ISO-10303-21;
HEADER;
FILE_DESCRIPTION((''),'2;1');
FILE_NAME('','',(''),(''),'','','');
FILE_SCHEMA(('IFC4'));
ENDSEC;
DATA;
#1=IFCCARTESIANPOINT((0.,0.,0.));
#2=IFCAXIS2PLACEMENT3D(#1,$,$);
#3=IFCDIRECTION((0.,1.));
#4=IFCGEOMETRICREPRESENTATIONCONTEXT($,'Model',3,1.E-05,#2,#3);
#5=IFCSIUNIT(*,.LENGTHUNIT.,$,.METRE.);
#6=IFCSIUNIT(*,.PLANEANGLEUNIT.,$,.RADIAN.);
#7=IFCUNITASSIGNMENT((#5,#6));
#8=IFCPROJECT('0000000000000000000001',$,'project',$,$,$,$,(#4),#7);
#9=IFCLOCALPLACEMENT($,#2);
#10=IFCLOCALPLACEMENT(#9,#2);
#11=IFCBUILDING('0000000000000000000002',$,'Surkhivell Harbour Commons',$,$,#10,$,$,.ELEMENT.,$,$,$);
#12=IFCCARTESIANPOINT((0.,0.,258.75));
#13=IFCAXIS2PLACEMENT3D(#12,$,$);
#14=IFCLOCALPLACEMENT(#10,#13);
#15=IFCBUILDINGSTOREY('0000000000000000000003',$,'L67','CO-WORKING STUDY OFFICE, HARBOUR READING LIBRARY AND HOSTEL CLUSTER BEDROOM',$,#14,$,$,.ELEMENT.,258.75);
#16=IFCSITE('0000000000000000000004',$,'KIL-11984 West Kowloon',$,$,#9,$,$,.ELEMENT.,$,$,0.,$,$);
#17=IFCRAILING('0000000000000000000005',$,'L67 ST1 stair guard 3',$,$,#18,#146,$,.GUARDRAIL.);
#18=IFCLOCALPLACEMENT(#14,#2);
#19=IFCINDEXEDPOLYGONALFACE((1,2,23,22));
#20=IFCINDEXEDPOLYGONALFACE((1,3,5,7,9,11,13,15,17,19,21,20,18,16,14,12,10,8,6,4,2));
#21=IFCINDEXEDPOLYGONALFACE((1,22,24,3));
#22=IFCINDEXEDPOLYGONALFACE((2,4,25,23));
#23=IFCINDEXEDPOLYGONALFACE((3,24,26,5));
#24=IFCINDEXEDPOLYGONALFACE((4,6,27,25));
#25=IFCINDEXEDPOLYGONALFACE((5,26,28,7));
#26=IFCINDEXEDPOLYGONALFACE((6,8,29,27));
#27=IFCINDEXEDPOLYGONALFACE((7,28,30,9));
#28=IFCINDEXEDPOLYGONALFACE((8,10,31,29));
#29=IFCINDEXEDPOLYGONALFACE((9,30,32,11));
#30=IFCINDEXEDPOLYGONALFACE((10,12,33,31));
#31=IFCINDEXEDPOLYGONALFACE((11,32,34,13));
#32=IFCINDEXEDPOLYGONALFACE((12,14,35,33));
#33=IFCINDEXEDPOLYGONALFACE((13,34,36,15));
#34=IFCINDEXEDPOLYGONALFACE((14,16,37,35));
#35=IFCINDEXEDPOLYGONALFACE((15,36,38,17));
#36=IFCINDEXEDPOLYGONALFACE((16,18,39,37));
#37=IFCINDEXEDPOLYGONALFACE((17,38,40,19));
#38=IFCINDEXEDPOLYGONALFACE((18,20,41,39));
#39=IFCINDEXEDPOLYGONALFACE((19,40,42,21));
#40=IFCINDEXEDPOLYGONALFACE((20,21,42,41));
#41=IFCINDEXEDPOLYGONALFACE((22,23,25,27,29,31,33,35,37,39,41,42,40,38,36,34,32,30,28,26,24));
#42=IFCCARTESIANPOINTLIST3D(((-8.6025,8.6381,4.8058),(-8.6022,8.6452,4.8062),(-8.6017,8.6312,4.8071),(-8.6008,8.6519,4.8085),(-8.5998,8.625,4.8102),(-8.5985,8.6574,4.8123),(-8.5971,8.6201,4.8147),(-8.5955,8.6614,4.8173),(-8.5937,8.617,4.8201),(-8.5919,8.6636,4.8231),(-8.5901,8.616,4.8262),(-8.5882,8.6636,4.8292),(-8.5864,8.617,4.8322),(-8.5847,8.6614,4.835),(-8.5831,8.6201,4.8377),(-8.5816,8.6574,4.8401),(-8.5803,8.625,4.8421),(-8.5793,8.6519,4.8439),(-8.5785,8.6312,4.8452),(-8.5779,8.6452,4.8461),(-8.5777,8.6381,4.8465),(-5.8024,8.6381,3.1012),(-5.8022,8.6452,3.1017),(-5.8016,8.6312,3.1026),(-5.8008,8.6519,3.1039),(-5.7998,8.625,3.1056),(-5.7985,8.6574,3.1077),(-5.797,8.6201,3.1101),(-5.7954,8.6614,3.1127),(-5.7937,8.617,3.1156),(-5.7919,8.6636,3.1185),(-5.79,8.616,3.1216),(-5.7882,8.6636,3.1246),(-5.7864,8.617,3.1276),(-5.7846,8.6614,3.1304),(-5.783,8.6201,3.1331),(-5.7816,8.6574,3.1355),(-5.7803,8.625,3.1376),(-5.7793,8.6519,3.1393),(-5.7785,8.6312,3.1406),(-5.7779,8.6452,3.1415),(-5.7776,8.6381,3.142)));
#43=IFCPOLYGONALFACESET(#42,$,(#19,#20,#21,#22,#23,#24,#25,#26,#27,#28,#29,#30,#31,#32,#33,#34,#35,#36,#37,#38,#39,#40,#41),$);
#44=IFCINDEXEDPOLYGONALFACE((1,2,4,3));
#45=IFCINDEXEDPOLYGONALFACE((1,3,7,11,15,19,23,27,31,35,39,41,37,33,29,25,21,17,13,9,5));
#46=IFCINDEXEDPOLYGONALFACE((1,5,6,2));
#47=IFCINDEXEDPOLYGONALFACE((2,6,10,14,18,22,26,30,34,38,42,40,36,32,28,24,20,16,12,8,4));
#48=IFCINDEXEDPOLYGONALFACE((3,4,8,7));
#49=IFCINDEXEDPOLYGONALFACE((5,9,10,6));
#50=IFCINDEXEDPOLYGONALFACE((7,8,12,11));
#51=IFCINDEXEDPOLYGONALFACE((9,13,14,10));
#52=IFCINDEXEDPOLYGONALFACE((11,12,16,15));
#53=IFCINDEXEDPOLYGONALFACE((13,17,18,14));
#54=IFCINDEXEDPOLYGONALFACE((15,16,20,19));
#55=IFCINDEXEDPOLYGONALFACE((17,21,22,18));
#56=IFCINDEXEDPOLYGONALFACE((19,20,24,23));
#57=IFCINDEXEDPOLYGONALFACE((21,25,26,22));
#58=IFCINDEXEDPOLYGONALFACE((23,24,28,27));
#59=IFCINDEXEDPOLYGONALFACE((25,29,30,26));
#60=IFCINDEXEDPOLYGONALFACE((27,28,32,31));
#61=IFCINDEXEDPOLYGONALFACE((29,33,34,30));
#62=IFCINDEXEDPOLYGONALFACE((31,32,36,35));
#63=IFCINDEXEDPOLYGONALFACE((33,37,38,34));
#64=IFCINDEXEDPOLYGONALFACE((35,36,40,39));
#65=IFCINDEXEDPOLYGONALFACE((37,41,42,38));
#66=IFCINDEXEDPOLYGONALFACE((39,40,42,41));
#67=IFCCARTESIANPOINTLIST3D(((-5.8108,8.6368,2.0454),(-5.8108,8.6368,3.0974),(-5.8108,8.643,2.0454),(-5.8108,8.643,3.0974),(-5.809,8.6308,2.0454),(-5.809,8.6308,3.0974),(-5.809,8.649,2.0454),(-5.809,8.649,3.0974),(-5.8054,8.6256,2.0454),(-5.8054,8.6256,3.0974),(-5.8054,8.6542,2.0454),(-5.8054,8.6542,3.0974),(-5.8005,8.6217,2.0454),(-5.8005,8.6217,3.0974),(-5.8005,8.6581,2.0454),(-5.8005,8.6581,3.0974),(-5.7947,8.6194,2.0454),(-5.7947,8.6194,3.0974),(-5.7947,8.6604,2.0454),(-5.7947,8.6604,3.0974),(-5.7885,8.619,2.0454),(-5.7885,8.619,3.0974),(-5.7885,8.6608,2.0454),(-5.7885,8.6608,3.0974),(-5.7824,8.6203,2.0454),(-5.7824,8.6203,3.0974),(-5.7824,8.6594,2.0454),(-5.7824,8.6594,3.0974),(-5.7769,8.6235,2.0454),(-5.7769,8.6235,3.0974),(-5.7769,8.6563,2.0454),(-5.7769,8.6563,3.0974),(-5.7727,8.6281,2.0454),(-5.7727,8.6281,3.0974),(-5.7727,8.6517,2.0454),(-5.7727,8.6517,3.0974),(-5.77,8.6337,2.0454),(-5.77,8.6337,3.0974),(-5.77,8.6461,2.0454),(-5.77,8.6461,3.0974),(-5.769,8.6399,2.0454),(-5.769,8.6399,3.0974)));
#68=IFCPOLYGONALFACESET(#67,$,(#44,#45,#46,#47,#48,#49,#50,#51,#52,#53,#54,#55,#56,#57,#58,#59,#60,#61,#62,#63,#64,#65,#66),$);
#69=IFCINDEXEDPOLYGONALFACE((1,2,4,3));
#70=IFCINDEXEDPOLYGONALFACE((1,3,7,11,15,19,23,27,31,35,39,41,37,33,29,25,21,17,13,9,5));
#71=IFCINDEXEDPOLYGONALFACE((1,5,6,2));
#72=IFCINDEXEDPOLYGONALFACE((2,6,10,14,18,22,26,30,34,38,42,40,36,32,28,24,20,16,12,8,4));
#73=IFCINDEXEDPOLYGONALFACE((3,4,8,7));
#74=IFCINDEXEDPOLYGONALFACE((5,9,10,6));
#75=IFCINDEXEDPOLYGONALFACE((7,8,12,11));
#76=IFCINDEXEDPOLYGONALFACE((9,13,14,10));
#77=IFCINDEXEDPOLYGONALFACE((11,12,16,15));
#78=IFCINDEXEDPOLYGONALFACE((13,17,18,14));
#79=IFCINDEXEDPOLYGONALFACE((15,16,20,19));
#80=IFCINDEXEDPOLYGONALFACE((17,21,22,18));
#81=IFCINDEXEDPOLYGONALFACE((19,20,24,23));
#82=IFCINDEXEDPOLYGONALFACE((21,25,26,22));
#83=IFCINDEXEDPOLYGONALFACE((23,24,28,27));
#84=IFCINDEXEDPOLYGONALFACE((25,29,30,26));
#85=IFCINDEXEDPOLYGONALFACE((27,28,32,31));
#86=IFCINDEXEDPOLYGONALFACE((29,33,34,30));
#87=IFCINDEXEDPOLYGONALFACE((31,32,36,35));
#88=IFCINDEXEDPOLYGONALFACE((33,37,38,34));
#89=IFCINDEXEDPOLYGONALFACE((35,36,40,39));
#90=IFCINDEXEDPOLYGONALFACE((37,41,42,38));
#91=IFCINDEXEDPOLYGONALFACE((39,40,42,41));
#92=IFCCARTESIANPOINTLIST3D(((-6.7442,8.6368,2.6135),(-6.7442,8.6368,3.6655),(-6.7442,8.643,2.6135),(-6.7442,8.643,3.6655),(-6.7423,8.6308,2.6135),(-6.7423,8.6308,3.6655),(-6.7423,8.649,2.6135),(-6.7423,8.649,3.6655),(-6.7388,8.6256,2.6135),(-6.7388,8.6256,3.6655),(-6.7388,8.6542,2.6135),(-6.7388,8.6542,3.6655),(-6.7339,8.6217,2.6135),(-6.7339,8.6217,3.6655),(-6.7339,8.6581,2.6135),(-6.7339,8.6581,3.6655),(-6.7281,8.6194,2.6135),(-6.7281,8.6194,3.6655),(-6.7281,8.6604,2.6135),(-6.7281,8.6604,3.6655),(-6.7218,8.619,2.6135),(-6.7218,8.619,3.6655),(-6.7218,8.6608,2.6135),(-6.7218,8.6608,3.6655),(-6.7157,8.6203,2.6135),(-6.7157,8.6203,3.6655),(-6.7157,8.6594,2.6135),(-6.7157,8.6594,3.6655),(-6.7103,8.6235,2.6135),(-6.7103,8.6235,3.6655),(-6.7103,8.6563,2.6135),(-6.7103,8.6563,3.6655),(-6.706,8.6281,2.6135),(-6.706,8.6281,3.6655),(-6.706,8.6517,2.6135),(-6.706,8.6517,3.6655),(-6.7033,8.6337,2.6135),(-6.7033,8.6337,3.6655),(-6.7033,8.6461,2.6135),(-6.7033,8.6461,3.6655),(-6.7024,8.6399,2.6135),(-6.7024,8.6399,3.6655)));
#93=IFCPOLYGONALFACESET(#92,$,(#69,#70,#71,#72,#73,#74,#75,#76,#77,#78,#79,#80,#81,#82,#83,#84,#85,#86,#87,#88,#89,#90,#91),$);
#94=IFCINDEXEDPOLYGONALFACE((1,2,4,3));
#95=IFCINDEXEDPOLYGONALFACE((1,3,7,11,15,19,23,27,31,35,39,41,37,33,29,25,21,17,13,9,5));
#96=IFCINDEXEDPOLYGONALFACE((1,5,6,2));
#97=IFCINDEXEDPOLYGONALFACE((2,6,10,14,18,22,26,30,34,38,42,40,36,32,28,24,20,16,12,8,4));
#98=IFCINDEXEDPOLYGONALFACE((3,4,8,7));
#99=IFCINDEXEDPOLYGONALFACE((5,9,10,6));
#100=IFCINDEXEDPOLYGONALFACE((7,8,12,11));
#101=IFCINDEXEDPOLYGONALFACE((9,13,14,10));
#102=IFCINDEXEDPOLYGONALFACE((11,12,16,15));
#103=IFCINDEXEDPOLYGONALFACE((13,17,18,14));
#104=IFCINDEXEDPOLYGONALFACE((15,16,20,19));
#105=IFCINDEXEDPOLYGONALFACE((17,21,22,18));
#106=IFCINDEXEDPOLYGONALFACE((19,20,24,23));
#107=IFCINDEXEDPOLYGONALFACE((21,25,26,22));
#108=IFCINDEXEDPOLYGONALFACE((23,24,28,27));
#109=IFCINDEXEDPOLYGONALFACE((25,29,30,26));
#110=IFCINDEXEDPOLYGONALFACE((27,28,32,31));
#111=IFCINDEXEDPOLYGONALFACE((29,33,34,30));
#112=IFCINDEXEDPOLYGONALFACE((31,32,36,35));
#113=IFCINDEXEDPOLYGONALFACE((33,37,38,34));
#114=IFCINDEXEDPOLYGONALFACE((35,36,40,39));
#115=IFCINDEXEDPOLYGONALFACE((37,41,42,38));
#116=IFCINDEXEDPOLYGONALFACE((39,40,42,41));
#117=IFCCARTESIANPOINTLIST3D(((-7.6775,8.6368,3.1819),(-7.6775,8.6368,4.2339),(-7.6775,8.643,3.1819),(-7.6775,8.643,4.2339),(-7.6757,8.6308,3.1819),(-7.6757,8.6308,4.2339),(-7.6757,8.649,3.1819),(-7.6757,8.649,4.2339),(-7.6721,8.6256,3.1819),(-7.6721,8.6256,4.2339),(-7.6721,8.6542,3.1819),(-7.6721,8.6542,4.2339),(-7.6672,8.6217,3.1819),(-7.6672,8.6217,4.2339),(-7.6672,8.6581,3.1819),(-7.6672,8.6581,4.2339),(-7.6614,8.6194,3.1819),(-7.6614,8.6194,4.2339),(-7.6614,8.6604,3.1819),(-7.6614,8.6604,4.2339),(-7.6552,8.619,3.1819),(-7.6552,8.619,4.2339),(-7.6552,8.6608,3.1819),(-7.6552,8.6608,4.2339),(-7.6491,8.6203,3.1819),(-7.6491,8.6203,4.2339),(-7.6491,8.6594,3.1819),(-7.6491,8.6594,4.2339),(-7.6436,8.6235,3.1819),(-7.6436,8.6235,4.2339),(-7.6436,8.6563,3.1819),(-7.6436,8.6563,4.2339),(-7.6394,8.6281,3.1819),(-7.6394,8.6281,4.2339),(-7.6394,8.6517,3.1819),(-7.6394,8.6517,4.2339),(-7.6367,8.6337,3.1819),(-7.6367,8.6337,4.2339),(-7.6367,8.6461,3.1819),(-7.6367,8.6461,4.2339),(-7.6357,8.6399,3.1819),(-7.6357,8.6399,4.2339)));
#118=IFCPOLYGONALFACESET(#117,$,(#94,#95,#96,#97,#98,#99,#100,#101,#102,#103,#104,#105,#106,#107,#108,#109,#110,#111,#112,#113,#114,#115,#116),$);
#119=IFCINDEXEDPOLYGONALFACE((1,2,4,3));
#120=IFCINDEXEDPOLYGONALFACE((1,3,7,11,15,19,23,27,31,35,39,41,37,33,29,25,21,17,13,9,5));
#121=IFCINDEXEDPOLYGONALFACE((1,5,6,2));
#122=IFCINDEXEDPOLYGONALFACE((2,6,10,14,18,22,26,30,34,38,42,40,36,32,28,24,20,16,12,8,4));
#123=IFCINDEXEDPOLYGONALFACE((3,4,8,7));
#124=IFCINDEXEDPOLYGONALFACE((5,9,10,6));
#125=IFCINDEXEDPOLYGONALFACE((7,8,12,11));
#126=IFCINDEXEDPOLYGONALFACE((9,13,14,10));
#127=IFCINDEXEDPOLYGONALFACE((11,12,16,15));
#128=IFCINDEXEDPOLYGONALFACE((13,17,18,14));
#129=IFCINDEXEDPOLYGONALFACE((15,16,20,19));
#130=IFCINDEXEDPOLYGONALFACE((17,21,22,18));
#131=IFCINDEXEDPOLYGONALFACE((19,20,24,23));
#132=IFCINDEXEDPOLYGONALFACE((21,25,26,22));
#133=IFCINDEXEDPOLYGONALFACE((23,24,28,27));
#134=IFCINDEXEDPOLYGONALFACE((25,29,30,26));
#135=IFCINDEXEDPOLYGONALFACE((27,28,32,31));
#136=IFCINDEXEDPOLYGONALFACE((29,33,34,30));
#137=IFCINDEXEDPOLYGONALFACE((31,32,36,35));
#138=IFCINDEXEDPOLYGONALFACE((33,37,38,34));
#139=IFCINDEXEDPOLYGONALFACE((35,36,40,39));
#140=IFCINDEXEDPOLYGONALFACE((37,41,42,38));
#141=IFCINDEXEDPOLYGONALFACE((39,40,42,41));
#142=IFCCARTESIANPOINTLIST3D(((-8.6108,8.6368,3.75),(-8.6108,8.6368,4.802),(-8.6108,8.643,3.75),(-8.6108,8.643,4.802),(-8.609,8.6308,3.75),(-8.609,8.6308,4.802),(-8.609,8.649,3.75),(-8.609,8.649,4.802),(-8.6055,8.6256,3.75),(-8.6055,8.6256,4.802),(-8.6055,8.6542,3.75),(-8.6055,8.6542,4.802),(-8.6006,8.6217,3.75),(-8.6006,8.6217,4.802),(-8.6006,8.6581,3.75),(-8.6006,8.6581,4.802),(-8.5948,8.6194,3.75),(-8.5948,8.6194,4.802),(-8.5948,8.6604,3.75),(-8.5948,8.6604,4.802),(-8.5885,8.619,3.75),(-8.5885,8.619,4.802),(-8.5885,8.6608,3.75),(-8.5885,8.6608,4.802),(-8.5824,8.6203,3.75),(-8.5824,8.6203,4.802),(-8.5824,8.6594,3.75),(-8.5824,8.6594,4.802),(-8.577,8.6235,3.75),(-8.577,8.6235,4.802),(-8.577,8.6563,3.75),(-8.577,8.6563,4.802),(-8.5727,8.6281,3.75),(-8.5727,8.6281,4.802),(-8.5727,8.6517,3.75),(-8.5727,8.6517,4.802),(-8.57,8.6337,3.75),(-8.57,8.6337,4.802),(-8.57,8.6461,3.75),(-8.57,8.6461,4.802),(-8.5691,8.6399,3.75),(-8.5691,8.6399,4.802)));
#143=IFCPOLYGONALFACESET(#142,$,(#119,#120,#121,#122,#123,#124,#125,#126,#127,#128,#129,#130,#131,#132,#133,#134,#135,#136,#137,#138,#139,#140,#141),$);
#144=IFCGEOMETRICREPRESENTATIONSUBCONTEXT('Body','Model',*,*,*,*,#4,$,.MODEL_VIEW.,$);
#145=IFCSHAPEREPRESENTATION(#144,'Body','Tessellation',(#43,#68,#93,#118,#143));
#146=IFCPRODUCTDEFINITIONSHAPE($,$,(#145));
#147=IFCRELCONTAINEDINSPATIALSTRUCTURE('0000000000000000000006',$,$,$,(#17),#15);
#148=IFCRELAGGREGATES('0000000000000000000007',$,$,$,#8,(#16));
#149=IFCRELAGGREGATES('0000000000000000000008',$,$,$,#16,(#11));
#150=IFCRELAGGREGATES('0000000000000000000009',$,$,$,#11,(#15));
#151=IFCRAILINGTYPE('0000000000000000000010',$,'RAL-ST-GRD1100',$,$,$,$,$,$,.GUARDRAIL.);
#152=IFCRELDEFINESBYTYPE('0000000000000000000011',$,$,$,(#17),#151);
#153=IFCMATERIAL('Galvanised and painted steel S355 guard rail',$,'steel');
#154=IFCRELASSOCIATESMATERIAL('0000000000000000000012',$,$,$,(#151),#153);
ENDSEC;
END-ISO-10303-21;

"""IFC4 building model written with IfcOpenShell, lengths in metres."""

from ifc_helpers import new_model, si_unit, direction, frame, origin, origin_2d, place, context, subcontext, project, spatial, circle, extrude, material, type_object, element, save


model = new_model("IFC4")

# Units and contexts
model_context = context("Model", 3, precision=1e-05, world=origin(), true_north=direction((0.0, 1.0)))
body_context = subcontext(model_context, "Body", "Model", "MODEL_VIEW")
ifc_project = project(units=[si_unit("LENGTHUNIT", "METRE"), si_unit("PLANEANGLEUNIT", "RADIAN")], contexts=[model_context])

# Site, building, storey
site_placement = place(None, origin())
site = spatial("IfcSite", under=ifc_project, at=site_placement, Name="KIL-11984 West Kowloon", CompositionType="ELEMENT", RefElevation=0.0)
building_placement = place(site_placement, origin())
building = spatial("IfcBuilding", under=site, at=building_placement, Name="Surkhivell Harbour Commons", CompositionType="ELEMENT")
storey_placement = place(building_placement, frame((0.0, 0.0, 258.75)))
storey = spatial("IfcBuildingStorey", under=building, at=storey_placement, Name="L67", Description="CO-WORKING STUDY OFFICE, HARBOUR READING LIBRARY AND HOSTEL CLUSTER BEDROOM", CompositionType="ELEMENT", Elevation=258.75)

# Railing
ifc_material_1 = material(Name="Galvanised and painted steel S355 guard rail", Category="steel")
railing_type_1 = type_object("IfcRailingType", Name="RAL-ST-GRD1100", PredefinedType="GUARDRAIL", material=ifc_material_1)
railing_1_placement = place(storey_placement, frame((-5.79, 8.6399, 2.0454)))
element("IfcRailing", 1, at=railing_1_placement, inside=storey, type_object=railing_type_1, Name="L67 ST1 stair guard 3", PredefinedType="GUARDRAIL", context=body_context, shape_type="SweptSolid", body=[
    extrude(circle(Radius=0.0239, at=origin_2d()), frame((0.0, 0.0, 1.0762), z_axis=(-0.85417, 0.0, 0.519994), x_axis=(0.0, -1.0, 0.0)), (0.0, 0.0, 1.0), 3.2781),
    extrude(circle(Radius=0.021, at=origin_2d()), origin(), (0.0, 0.0, 1.0), 1.052),
    extrude(circle(Radius=0.021, at=origin_2d()), frame((-0.9333, 0.0, 0.5681)), (0.0, 0.0, 1.0), 1.052),
    extrude(circle(Radius=0.021, at=origin_2d()), frame((-1.8667, 0.0, 1.1365)), (0.0, 0.0, 1.0), 1.052),
    extrude(circle(Radius=0.021, at=origin_2d()), frame((-2.8, 0.0, 1.7046)), (0.0, 0.0, 1.0), 1.052),
])

save(model, "model.ifc")
